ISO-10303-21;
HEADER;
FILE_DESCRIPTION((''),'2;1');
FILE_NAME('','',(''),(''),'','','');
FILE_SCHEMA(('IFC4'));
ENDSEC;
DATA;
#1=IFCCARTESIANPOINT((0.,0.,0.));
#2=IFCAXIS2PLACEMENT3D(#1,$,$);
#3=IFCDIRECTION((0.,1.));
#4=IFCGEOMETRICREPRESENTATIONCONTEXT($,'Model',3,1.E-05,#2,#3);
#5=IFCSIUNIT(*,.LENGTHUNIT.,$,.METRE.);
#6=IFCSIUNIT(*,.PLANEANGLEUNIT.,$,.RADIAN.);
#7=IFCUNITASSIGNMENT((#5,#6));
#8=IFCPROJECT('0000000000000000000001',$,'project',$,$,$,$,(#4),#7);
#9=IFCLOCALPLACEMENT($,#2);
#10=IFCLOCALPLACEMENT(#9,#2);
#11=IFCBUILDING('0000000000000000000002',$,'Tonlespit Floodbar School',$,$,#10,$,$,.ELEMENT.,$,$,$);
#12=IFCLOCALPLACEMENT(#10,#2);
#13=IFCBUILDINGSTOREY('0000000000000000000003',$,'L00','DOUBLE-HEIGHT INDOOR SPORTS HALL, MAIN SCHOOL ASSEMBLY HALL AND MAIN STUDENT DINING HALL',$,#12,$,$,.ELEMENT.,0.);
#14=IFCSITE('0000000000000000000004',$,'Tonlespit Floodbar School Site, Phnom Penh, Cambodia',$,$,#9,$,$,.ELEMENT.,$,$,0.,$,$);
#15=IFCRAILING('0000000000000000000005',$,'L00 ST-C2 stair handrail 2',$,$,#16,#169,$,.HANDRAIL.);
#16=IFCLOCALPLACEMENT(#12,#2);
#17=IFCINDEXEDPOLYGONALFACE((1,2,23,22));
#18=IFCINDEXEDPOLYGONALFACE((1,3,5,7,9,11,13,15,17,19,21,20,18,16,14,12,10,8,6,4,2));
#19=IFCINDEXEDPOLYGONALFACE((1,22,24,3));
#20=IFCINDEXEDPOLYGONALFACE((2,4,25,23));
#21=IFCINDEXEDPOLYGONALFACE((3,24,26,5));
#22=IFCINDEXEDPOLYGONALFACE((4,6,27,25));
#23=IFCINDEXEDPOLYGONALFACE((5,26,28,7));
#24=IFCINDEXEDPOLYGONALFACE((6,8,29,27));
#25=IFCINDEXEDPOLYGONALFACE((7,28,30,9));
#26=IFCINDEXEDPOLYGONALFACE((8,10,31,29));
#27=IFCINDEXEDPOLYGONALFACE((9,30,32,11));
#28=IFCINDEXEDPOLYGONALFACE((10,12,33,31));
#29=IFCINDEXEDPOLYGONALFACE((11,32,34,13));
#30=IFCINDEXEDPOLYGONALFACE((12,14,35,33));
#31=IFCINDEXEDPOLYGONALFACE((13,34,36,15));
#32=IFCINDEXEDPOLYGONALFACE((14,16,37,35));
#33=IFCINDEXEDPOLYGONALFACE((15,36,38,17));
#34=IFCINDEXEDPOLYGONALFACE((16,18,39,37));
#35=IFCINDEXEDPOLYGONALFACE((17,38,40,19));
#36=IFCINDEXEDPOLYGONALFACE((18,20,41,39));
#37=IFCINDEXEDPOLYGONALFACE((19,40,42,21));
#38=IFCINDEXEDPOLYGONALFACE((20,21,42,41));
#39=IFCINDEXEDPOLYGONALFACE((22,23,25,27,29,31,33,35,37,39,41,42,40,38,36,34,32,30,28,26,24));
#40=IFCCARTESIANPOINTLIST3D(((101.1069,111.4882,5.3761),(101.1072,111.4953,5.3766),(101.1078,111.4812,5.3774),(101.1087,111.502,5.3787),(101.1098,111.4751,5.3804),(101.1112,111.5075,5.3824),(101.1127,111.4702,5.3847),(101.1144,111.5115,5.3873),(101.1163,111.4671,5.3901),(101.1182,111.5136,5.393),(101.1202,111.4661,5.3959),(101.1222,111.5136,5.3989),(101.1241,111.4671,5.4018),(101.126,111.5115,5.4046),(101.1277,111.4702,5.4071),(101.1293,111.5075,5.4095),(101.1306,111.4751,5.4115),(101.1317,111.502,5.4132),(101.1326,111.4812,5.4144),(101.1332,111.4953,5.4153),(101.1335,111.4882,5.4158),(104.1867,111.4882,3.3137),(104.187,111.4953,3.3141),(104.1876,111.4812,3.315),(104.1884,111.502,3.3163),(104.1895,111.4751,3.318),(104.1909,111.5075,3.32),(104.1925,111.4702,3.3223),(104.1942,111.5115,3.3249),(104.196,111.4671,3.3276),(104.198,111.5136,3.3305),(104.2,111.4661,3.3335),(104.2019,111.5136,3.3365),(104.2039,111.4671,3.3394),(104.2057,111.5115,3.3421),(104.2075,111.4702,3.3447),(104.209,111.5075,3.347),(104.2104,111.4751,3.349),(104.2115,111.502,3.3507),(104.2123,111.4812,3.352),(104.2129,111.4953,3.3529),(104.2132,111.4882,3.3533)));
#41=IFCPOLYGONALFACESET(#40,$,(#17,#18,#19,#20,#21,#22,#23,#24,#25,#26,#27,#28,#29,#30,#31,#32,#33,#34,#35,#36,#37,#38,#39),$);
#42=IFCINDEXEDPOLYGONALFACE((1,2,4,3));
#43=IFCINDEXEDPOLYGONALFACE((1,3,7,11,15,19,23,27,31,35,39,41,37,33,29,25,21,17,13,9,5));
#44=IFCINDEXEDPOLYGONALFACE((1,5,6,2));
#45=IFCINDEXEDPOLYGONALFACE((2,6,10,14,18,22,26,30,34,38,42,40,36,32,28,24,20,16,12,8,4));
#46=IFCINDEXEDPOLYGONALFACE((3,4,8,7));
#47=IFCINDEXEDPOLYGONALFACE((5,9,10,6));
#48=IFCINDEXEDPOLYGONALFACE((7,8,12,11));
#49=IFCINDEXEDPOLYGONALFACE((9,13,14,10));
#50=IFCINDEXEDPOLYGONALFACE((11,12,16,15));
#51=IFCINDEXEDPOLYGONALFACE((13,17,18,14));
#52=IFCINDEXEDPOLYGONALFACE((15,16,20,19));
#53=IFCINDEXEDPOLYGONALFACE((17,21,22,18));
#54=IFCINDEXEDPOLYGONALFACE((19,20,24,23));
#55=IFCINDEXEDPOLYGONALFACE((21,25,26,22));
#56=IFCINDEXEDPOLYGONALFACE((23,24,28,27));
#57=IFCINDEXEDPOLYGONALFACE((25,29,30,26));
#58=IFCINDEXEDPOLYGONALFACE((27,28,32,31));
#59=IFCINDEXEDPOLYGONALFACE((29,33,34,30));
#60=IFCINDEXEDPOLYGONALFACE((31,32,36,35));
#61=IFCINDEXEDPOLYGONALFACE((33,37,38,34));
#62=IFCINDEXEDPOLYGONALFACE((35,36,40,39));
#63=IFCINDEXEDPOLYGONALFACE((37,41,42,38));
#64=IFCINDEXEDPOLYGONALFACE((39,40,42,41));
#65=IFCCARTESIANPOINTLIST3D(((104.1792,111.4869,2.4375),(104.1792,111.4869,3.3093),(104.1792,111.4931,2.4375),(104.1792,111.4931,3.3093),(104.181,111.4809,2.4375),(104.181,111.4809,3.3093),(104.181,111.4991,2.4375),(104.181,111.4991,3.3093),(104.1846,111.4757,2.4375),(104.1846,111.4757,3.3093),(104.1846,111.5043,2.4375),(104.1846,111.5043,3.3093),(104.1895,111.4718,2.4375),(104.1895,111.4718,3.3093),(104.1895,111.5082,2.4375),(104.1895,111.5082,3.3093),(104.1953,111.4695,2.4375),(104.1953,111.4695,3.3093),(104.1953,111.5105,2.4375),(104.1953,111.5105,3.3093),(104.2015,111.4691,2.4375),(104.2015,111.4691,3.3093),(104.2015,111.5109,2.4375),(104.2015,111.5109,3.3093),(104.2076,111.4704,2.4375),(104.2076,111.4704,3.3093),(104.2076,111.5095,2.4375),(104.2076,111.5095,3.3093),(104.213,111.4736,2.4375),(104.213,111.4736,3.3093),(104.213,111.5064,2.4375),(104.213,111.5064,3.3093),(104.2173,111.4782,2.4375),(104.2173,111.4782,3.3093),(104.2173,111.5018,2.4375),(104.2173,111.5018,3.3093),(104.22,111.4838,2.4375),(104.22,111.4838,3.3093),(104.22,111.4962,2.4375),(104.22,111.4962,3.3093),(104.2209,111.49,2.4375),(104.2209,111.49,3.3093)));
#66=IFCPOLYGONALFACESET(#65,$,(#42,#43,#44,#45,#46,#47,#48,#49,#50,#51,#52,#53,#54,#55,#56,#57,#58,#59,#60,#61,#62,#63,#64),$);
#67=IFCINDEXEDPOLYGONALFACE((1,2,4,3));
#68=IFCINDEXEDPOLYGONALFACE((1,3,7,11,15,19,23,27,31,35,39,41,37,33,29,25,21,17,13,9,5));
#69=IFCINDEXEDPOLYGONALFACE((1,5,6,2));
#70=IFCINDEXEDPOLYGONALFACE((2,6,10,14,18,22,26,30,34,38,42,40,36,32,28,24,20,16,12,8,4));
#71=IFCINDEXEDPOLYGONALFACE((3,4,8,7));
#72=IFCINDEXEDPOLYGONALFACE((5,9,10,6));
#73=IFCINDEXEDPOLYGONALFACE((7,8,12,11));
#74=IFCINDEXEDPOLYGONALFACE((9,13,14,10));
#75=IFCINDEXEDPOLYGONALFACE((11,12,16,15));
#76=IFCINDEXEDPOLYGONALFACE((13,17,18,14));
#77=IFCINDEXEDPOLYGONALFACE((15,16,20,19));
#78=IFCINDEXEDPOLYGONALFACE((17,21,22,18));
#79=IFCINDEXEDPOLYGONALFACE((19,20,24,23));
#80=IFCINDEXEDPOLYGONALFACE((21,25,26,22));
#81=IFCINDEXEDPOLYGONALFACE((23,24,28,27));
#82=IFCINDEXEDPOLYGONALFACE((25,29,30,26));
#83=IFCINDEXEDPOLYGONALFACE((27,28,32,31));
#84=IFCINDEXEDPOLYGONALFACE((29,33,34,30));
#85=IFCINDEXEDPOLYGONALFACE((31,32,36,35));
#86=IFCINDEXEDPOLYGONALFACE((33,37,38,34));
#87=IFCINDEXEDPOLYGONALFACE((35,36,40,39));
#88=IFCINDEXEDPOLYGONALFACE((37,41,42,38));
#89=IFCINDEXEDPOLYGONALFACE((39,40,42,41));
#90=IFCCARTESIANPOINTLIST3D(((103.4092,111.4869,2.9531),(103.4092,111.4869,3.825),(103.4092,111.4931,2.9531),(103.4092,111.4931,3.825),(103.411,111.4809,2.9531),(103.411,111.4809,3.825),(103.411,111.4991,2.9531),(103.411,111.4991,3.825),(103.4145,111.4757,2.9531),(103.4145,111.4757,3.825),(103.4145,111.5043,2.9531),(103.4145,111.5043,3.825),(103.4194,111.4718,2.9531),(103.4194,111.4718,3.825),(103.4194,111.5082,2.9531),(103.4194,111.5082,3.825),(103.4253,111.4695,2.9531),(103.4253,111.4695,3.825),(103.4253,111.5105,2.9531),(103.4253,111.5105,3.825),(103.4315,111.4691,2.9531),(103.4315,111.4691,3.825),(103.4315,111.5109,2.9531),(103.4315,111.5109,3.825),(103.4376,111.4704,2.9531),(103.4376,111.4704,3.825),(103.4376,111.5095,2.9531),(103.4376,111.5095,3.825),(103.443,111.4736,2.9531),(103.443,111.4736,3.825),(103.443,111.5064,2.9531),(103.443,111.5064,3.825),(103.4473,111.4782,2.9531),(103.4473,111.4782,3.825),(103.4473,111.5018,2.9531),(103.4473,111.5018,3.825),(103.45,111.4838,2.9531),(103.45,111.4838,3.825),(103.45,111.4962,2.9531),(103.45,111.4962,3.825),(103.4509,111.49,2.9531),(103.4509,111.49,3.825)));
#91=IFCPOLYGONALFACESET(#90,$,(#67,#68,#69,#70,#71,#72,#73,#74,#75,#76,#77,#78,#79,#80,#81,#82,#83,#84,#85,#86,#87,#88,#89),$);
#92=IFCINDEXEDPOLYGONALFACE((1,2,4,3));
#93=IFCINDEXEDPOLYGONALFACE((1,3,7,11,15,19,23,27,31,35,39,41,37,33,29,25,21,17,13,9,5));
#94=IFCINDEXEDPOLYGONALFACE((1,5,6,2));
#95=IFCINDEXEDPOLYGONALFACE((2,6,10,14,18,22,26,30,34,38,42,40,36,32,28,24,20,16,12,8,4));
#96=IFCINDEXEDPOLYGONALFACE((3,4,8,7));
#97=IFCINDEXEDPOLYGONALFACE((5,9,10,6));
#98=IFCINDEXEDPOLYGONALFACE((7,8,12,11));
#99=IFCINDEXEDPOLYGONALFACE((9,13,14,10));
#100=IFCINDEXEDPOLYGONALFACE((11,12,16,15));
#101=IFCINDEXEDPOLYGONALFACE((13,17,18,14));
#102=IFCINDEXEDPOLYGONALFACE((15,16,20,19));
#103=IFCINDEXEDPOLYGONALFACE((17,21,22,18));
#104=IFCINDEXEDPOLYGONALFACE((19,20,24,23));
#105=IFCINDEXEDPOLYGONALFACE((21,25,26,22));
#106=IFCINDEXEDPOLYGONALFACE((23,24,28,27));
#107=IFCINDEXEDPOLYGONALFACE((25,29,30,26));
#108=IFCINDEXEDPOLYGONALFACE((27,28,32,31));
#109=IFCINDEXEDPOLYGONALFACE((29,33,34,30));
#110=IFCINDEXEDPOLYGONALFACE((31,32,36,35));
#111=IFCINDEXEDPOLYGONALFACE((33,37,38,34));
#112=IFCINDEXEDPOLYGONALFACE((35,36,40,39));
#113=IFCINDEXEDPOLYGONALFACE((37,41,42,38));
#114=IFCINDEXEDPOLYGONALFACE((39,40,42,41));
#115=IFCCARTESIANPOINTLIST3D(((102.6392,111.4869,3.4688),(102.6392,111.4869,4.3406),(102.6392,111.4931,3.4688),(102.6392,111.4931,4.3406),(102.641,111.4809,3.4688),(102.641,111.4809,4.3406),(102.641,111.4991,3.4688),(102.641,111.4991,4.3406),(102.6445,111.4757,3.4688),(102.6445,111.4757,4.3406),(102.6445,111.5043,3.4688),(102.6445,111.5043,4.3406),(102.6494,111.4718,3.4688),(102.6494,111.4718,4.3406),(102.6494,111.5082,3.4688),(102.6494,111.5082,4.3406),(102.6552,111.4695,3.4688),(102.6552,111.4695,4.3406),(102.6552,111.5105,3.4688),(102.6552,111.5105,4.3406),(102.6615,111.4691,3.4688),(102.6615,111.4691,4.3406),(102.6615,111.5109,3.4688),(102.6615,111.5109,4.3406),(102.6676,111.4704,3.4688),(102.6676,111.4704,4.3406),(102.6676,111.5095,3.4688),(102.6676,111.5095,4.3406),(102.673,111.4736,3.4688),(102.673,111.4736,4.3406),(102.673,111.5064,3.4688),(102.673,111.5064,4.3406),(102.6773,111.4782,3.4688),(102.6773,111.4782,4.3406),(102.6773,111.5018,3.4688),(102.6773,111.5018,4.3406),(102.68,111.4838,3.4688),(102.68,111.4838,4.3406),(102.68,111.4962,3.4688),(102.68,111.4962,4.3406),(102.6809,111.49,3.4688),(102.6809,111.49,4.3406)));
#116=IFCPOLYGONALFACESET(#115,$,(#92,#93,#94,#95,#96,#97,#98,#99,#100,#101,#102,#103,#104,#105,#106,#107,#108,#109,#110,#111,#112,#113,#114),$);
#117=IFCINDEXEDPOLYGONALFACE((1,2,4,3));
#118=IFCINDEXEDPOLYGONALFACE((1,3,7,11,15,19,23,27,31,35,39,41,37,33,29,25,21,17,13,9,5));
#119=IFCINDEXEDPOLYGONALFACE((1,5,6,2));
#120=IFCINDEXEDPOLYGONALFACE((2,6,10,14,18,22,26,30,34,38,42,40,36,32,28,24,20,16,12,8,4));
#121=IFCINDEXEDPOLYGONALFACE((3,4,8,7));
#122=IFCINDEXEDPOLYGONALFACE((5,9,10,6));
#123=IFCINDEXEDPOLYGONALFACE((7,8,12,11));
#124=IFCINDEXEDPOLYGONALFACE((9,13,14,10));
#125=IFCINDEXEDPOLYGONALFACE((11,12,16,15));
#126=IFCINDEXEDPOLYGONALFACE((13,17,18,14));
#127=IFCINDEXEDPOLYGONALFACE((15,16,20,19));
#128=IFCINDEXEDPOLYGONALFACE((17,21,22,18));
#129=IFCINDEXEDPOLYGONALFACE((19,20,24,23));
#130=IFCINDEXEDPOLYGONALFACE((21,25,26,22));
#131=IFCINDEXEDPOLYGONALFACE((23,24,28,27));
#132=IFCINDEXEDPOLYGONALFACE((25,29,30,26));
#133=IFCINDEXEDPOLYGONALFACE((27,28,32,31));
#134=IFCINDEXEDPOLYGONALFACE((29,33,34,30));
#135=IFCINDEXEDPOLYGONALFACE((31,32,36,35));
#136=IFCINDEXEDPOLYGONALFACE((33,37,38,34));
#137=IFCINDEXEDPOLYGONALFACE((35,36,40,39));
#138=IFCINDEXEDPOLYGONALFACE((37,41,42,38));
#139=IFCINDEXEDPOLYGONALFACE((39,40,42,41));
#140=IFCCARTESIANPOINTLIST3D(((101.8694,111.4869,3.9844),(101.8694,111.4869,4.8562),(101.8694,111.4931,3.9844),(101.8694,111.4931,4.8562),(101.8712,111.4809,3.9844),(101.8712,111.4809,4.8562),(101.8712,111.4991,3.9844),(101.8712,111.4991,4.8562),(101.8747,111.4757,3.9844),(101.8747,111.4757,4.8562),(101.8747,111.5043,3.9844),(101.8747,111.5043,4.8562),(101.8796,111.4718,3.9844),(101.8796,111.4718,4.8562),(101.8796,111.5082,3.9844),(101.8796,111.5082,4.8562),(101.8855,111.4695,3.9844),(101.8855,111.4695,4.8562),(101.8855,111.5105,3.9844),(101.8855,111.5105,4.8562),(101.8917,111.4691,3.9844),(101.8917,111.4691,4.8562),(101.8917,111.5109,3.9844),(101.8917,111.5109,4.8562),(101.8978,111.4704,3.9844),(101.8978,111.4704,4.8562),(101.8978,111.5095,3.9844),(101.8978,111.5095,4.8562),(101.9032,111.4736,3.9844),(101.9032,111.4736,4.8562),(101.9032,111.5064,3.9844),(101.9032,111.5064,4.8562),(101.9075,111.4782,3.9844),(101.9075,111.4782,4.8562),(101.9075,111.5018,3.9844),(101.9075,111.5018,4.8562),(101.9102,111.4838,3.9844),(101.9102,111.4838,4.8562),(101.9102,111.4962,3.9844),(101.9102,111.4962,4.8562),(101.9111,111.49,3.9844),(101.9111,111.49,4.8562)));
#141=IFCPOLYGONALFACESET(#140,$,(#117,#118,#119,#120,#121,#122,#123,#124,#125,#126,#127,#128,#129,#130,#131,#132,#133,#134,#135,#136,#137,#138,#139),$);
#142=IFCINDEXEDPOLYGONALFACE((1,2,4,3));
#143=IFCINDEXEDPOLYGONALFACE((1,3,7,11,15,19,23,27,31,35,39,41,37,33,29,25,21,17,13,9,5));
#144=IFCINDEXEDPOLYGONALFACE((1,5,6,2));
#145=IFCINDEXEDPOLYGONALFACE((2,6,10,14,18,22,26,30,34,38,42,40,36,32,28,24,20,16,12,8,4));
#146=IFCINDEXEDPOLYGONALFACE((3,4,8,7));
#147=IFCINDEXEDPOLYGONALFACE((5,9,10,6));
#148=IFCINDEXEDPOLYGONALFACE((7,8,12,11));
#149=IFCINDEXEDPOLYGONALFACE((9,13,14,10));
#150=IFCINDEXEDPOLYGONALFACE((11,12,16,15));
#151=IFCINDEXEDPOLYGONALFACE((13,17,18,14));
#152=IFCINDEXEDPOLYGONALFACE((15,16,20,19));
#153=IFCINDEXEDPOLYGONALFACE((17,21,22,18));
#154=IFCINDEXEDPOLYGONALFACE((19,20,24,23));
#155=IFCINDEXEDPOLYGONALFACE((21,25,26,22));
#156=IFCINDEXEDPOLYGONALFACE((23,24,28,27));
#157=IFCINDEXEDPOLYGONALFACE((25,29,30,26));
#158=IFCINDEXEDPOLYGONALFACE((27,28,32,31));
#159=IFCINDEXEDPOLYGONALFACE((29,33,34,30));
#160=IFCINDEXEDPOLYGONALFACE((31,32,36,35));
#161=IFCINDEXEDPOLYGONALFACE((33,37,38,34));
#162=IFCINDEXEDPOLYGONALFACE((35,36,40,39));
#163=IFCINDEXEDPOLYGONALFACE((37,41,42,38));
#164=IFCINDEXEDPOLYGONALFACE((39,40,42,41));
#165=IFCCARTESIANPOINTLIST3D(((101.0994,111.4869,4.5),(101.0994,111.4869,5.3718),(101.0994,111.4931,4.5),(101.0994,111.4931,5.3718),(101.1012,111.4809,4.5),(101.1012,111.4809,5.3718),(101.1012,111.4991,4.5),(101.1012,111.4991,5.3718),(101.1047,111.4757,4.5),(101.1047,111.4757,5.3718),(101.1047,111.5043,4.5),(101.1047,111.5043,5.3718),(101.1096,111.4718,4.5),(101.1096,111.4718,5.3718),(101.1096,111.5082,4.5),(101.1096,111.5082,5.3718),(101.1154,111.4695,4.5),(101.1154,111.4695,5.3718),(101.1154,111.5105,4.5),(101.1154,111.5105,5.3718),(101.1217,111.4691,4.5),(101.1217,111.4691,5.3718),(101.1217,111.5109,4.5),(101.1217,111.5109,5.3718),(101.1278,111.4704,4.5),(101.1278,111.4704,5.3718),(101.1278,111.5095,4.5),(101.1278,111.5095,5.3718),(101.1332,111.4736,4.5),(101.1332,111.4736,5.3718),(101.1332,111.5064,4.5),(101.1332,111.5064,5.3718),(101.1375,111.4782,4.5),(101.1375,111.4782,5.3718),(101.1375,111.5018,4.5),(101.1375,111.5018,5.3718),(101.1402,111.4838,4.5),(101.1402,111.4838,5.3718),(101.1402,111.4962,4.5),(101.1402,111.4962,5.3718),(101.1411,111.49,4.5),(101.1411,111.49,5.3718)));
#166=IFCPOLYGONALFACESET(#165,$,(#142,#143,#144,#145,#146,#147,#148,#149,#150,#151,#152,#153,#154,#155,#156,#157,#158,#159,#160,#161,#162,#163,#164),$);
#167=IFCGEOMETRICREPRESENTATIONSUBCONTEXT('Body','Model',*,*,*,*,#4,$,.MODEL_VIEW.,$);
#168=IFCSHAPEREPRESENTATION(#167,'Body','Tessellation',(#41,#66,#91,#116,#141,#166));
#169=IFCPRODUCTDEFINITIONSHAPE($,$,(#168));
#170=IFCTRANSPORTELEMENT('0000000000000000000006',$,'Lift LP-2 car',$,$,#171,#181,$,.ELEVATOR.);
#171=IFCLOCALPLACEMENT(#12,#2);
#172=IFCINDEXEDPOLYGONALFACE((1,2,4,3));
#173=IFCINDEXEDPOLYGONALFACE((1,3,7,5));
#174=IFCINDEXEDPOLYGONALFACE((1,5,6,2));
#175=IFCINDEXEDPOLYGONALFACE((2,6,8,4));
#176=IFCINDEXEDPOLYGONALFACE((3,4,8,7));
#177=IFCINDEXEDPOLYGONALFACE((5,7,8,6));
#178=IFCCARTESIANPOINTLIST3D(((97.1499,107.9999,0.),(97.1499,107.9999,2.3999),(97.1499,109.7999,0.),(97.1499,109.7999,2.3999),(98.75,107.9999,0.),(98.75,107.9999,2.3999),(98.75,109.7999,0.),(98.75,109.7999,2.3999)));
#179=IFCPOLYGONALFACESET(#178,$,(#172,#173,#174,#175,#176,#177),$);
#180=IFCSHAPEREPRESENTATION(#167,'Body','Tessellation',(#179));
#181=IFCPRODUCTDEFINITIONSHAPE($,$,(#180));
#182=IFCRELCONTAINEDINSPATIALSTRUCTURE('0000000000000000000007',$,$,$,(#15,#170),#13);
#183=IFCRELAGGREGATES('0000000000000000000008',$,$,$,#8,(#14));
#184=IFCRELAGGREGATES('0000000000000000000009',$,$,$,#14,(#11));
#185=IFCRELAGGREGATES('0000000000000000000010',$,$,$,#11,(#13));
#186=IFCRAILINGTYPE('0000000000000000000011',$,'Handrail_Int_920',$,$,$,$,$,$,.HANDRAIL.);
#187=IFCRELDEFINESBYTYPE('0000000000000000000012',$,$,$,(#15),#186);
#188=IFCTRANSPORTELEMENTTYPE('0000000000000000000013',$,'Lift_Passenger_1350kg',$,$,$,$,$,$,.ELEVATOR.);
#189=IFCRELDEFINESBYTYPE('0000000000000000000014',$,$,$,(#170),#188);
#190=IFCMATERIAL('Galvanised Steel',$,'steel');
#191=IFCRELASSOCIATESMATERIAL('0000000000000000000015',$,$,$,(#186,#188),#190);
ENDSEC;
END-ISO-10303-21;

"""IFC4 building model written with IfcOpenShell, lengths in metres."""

from ifc_helpers import new_model, si_unit, direction, frame, origin, origin_2d, place, context, subcontext, project, spatial, rectangle, circle, extrude, material, type_object, element, save


model = new_model("IFC4")

# Units and contexts
model_context = context("Model", 3, precision=1e-05, world=origin(), true_north=direction((0.0, 1.0)))
body_context = subcontext(model_context, "Body", "Model", "MODEL_VIEW")
ifc_project = project(units=[si_unit("LENGTHUNIT", "METRE"), si_unit("PLANEANGLEUNIT", "RADIAN")], contexts=[model_context])

# Site, building, storey
site_placement = place(None, origin())
site = spatial("IfcSite", under=ifc_project, at=site_placement, Name="Tonlespit Floodbar School Site, Phnom Penh, Cambodia", CompositionType="ELEMENT", RefElevation=0.0)
building_placement = place(site_placement, origin())
building = spatial("IfcBuilding", under=site, at=building_placement, Name="Tonlespit Floodbar School", CompositionType="ELEMENT")
storey_placement = place(building_placement, origin())
storey = spatial("IfcBuildingStorey", under=building, at=storey_placement, Name="L00", Description="DOUBLE-HEIGHT INDOOR SPORTS HALL, MAIN SCHOOL ASSEMBLY HALL AND MAIN STUDENT DINING HALL", CompositionType="ELEMENT", Elevation=0.0)

# Shared definitions
ifc_material_1 = material(Name="Galvanised Steel", Category="steel")

# Railing
railing_type_1 = type_object("IfcRailingType", Name="Handrail_Int_920", PredefinedType="HANDRAIL", material=ifc_material_1)
railing_1_placement = place(storey_placement, frame((104.2, 111.49, 2.4375)))
element("IfcRailing", 1, at=railing_1_placement, inside=storey, type_object=railing_type_1, Name="L00 ST-C2 stair handrail 2", PredefinedType="HANDRAIL", context=body_context, shape_type="SweptSolid", body=[
    extrude(circle(Radius=0.0239, at=origin_2d()), frame((0.0, 0.0, 0.896), z_axis=(-0.830893, 0.0, 0.556432), x_axis=(0.0, -1.0, 0.0)), (0.0, 0.0, 1.0), 3.7065),
    extrude(circle(Radius=0.021, at=origin_2d()), origin(), (0.0, 0.0, 1.0), 0.8718),
    extrude(circle(Radius=0.021, at=origin_2d()), frame((-0.77, 0.0, 0.5156)), (0.0, 0.0, 1.0), 0.8718),
    extrude(circle(Radius=0.021, at=origin_2d()), frame((-1.54, 0.0, 1.0312)), (0.0, 0.0, 1.0), 0.8718),
    extrude(circle(Radius=0.021, at=origin_2d()), frame((-2.3098, 0.0, 1.5469)), (0.0, 0.0, 1.0), 0.8718),
    extrude(circle(Radius=0.021, at=origin_2d()), frame((-3.0798, 0.0, 2.0625)), (0.0, 0.0, 1.0), 0.8718),
])

# Transport element
transport_element_type = type_object("IfcTransportElementType", Name="Lift_Passenger_1350kg", PredefinedType="ELEVATOR", material=ifc_material_1)
transport_element_placement = place(storey_placement, frame((97.95, 108.8999, 0.0), z_axis=(0.0, 0.0, 1.0), x_axis=(1.0, 0.0, 0.0)))
element("IfcTransportElement", 2, at=transport_element_placement, inside=storey, type_object=transport_element_type, Name="Lift LP-2 car", PredefinedType="ELEVATOR", context=body_context, shape_type="SweptSolid", body=[
    extrude(rectangle(XDim=1.6001, YDim=1.8, at=origin_2d()), origin(), (0.0, 0.0, 1.0), 2.3999),
])

save(model, "model.ifc")
